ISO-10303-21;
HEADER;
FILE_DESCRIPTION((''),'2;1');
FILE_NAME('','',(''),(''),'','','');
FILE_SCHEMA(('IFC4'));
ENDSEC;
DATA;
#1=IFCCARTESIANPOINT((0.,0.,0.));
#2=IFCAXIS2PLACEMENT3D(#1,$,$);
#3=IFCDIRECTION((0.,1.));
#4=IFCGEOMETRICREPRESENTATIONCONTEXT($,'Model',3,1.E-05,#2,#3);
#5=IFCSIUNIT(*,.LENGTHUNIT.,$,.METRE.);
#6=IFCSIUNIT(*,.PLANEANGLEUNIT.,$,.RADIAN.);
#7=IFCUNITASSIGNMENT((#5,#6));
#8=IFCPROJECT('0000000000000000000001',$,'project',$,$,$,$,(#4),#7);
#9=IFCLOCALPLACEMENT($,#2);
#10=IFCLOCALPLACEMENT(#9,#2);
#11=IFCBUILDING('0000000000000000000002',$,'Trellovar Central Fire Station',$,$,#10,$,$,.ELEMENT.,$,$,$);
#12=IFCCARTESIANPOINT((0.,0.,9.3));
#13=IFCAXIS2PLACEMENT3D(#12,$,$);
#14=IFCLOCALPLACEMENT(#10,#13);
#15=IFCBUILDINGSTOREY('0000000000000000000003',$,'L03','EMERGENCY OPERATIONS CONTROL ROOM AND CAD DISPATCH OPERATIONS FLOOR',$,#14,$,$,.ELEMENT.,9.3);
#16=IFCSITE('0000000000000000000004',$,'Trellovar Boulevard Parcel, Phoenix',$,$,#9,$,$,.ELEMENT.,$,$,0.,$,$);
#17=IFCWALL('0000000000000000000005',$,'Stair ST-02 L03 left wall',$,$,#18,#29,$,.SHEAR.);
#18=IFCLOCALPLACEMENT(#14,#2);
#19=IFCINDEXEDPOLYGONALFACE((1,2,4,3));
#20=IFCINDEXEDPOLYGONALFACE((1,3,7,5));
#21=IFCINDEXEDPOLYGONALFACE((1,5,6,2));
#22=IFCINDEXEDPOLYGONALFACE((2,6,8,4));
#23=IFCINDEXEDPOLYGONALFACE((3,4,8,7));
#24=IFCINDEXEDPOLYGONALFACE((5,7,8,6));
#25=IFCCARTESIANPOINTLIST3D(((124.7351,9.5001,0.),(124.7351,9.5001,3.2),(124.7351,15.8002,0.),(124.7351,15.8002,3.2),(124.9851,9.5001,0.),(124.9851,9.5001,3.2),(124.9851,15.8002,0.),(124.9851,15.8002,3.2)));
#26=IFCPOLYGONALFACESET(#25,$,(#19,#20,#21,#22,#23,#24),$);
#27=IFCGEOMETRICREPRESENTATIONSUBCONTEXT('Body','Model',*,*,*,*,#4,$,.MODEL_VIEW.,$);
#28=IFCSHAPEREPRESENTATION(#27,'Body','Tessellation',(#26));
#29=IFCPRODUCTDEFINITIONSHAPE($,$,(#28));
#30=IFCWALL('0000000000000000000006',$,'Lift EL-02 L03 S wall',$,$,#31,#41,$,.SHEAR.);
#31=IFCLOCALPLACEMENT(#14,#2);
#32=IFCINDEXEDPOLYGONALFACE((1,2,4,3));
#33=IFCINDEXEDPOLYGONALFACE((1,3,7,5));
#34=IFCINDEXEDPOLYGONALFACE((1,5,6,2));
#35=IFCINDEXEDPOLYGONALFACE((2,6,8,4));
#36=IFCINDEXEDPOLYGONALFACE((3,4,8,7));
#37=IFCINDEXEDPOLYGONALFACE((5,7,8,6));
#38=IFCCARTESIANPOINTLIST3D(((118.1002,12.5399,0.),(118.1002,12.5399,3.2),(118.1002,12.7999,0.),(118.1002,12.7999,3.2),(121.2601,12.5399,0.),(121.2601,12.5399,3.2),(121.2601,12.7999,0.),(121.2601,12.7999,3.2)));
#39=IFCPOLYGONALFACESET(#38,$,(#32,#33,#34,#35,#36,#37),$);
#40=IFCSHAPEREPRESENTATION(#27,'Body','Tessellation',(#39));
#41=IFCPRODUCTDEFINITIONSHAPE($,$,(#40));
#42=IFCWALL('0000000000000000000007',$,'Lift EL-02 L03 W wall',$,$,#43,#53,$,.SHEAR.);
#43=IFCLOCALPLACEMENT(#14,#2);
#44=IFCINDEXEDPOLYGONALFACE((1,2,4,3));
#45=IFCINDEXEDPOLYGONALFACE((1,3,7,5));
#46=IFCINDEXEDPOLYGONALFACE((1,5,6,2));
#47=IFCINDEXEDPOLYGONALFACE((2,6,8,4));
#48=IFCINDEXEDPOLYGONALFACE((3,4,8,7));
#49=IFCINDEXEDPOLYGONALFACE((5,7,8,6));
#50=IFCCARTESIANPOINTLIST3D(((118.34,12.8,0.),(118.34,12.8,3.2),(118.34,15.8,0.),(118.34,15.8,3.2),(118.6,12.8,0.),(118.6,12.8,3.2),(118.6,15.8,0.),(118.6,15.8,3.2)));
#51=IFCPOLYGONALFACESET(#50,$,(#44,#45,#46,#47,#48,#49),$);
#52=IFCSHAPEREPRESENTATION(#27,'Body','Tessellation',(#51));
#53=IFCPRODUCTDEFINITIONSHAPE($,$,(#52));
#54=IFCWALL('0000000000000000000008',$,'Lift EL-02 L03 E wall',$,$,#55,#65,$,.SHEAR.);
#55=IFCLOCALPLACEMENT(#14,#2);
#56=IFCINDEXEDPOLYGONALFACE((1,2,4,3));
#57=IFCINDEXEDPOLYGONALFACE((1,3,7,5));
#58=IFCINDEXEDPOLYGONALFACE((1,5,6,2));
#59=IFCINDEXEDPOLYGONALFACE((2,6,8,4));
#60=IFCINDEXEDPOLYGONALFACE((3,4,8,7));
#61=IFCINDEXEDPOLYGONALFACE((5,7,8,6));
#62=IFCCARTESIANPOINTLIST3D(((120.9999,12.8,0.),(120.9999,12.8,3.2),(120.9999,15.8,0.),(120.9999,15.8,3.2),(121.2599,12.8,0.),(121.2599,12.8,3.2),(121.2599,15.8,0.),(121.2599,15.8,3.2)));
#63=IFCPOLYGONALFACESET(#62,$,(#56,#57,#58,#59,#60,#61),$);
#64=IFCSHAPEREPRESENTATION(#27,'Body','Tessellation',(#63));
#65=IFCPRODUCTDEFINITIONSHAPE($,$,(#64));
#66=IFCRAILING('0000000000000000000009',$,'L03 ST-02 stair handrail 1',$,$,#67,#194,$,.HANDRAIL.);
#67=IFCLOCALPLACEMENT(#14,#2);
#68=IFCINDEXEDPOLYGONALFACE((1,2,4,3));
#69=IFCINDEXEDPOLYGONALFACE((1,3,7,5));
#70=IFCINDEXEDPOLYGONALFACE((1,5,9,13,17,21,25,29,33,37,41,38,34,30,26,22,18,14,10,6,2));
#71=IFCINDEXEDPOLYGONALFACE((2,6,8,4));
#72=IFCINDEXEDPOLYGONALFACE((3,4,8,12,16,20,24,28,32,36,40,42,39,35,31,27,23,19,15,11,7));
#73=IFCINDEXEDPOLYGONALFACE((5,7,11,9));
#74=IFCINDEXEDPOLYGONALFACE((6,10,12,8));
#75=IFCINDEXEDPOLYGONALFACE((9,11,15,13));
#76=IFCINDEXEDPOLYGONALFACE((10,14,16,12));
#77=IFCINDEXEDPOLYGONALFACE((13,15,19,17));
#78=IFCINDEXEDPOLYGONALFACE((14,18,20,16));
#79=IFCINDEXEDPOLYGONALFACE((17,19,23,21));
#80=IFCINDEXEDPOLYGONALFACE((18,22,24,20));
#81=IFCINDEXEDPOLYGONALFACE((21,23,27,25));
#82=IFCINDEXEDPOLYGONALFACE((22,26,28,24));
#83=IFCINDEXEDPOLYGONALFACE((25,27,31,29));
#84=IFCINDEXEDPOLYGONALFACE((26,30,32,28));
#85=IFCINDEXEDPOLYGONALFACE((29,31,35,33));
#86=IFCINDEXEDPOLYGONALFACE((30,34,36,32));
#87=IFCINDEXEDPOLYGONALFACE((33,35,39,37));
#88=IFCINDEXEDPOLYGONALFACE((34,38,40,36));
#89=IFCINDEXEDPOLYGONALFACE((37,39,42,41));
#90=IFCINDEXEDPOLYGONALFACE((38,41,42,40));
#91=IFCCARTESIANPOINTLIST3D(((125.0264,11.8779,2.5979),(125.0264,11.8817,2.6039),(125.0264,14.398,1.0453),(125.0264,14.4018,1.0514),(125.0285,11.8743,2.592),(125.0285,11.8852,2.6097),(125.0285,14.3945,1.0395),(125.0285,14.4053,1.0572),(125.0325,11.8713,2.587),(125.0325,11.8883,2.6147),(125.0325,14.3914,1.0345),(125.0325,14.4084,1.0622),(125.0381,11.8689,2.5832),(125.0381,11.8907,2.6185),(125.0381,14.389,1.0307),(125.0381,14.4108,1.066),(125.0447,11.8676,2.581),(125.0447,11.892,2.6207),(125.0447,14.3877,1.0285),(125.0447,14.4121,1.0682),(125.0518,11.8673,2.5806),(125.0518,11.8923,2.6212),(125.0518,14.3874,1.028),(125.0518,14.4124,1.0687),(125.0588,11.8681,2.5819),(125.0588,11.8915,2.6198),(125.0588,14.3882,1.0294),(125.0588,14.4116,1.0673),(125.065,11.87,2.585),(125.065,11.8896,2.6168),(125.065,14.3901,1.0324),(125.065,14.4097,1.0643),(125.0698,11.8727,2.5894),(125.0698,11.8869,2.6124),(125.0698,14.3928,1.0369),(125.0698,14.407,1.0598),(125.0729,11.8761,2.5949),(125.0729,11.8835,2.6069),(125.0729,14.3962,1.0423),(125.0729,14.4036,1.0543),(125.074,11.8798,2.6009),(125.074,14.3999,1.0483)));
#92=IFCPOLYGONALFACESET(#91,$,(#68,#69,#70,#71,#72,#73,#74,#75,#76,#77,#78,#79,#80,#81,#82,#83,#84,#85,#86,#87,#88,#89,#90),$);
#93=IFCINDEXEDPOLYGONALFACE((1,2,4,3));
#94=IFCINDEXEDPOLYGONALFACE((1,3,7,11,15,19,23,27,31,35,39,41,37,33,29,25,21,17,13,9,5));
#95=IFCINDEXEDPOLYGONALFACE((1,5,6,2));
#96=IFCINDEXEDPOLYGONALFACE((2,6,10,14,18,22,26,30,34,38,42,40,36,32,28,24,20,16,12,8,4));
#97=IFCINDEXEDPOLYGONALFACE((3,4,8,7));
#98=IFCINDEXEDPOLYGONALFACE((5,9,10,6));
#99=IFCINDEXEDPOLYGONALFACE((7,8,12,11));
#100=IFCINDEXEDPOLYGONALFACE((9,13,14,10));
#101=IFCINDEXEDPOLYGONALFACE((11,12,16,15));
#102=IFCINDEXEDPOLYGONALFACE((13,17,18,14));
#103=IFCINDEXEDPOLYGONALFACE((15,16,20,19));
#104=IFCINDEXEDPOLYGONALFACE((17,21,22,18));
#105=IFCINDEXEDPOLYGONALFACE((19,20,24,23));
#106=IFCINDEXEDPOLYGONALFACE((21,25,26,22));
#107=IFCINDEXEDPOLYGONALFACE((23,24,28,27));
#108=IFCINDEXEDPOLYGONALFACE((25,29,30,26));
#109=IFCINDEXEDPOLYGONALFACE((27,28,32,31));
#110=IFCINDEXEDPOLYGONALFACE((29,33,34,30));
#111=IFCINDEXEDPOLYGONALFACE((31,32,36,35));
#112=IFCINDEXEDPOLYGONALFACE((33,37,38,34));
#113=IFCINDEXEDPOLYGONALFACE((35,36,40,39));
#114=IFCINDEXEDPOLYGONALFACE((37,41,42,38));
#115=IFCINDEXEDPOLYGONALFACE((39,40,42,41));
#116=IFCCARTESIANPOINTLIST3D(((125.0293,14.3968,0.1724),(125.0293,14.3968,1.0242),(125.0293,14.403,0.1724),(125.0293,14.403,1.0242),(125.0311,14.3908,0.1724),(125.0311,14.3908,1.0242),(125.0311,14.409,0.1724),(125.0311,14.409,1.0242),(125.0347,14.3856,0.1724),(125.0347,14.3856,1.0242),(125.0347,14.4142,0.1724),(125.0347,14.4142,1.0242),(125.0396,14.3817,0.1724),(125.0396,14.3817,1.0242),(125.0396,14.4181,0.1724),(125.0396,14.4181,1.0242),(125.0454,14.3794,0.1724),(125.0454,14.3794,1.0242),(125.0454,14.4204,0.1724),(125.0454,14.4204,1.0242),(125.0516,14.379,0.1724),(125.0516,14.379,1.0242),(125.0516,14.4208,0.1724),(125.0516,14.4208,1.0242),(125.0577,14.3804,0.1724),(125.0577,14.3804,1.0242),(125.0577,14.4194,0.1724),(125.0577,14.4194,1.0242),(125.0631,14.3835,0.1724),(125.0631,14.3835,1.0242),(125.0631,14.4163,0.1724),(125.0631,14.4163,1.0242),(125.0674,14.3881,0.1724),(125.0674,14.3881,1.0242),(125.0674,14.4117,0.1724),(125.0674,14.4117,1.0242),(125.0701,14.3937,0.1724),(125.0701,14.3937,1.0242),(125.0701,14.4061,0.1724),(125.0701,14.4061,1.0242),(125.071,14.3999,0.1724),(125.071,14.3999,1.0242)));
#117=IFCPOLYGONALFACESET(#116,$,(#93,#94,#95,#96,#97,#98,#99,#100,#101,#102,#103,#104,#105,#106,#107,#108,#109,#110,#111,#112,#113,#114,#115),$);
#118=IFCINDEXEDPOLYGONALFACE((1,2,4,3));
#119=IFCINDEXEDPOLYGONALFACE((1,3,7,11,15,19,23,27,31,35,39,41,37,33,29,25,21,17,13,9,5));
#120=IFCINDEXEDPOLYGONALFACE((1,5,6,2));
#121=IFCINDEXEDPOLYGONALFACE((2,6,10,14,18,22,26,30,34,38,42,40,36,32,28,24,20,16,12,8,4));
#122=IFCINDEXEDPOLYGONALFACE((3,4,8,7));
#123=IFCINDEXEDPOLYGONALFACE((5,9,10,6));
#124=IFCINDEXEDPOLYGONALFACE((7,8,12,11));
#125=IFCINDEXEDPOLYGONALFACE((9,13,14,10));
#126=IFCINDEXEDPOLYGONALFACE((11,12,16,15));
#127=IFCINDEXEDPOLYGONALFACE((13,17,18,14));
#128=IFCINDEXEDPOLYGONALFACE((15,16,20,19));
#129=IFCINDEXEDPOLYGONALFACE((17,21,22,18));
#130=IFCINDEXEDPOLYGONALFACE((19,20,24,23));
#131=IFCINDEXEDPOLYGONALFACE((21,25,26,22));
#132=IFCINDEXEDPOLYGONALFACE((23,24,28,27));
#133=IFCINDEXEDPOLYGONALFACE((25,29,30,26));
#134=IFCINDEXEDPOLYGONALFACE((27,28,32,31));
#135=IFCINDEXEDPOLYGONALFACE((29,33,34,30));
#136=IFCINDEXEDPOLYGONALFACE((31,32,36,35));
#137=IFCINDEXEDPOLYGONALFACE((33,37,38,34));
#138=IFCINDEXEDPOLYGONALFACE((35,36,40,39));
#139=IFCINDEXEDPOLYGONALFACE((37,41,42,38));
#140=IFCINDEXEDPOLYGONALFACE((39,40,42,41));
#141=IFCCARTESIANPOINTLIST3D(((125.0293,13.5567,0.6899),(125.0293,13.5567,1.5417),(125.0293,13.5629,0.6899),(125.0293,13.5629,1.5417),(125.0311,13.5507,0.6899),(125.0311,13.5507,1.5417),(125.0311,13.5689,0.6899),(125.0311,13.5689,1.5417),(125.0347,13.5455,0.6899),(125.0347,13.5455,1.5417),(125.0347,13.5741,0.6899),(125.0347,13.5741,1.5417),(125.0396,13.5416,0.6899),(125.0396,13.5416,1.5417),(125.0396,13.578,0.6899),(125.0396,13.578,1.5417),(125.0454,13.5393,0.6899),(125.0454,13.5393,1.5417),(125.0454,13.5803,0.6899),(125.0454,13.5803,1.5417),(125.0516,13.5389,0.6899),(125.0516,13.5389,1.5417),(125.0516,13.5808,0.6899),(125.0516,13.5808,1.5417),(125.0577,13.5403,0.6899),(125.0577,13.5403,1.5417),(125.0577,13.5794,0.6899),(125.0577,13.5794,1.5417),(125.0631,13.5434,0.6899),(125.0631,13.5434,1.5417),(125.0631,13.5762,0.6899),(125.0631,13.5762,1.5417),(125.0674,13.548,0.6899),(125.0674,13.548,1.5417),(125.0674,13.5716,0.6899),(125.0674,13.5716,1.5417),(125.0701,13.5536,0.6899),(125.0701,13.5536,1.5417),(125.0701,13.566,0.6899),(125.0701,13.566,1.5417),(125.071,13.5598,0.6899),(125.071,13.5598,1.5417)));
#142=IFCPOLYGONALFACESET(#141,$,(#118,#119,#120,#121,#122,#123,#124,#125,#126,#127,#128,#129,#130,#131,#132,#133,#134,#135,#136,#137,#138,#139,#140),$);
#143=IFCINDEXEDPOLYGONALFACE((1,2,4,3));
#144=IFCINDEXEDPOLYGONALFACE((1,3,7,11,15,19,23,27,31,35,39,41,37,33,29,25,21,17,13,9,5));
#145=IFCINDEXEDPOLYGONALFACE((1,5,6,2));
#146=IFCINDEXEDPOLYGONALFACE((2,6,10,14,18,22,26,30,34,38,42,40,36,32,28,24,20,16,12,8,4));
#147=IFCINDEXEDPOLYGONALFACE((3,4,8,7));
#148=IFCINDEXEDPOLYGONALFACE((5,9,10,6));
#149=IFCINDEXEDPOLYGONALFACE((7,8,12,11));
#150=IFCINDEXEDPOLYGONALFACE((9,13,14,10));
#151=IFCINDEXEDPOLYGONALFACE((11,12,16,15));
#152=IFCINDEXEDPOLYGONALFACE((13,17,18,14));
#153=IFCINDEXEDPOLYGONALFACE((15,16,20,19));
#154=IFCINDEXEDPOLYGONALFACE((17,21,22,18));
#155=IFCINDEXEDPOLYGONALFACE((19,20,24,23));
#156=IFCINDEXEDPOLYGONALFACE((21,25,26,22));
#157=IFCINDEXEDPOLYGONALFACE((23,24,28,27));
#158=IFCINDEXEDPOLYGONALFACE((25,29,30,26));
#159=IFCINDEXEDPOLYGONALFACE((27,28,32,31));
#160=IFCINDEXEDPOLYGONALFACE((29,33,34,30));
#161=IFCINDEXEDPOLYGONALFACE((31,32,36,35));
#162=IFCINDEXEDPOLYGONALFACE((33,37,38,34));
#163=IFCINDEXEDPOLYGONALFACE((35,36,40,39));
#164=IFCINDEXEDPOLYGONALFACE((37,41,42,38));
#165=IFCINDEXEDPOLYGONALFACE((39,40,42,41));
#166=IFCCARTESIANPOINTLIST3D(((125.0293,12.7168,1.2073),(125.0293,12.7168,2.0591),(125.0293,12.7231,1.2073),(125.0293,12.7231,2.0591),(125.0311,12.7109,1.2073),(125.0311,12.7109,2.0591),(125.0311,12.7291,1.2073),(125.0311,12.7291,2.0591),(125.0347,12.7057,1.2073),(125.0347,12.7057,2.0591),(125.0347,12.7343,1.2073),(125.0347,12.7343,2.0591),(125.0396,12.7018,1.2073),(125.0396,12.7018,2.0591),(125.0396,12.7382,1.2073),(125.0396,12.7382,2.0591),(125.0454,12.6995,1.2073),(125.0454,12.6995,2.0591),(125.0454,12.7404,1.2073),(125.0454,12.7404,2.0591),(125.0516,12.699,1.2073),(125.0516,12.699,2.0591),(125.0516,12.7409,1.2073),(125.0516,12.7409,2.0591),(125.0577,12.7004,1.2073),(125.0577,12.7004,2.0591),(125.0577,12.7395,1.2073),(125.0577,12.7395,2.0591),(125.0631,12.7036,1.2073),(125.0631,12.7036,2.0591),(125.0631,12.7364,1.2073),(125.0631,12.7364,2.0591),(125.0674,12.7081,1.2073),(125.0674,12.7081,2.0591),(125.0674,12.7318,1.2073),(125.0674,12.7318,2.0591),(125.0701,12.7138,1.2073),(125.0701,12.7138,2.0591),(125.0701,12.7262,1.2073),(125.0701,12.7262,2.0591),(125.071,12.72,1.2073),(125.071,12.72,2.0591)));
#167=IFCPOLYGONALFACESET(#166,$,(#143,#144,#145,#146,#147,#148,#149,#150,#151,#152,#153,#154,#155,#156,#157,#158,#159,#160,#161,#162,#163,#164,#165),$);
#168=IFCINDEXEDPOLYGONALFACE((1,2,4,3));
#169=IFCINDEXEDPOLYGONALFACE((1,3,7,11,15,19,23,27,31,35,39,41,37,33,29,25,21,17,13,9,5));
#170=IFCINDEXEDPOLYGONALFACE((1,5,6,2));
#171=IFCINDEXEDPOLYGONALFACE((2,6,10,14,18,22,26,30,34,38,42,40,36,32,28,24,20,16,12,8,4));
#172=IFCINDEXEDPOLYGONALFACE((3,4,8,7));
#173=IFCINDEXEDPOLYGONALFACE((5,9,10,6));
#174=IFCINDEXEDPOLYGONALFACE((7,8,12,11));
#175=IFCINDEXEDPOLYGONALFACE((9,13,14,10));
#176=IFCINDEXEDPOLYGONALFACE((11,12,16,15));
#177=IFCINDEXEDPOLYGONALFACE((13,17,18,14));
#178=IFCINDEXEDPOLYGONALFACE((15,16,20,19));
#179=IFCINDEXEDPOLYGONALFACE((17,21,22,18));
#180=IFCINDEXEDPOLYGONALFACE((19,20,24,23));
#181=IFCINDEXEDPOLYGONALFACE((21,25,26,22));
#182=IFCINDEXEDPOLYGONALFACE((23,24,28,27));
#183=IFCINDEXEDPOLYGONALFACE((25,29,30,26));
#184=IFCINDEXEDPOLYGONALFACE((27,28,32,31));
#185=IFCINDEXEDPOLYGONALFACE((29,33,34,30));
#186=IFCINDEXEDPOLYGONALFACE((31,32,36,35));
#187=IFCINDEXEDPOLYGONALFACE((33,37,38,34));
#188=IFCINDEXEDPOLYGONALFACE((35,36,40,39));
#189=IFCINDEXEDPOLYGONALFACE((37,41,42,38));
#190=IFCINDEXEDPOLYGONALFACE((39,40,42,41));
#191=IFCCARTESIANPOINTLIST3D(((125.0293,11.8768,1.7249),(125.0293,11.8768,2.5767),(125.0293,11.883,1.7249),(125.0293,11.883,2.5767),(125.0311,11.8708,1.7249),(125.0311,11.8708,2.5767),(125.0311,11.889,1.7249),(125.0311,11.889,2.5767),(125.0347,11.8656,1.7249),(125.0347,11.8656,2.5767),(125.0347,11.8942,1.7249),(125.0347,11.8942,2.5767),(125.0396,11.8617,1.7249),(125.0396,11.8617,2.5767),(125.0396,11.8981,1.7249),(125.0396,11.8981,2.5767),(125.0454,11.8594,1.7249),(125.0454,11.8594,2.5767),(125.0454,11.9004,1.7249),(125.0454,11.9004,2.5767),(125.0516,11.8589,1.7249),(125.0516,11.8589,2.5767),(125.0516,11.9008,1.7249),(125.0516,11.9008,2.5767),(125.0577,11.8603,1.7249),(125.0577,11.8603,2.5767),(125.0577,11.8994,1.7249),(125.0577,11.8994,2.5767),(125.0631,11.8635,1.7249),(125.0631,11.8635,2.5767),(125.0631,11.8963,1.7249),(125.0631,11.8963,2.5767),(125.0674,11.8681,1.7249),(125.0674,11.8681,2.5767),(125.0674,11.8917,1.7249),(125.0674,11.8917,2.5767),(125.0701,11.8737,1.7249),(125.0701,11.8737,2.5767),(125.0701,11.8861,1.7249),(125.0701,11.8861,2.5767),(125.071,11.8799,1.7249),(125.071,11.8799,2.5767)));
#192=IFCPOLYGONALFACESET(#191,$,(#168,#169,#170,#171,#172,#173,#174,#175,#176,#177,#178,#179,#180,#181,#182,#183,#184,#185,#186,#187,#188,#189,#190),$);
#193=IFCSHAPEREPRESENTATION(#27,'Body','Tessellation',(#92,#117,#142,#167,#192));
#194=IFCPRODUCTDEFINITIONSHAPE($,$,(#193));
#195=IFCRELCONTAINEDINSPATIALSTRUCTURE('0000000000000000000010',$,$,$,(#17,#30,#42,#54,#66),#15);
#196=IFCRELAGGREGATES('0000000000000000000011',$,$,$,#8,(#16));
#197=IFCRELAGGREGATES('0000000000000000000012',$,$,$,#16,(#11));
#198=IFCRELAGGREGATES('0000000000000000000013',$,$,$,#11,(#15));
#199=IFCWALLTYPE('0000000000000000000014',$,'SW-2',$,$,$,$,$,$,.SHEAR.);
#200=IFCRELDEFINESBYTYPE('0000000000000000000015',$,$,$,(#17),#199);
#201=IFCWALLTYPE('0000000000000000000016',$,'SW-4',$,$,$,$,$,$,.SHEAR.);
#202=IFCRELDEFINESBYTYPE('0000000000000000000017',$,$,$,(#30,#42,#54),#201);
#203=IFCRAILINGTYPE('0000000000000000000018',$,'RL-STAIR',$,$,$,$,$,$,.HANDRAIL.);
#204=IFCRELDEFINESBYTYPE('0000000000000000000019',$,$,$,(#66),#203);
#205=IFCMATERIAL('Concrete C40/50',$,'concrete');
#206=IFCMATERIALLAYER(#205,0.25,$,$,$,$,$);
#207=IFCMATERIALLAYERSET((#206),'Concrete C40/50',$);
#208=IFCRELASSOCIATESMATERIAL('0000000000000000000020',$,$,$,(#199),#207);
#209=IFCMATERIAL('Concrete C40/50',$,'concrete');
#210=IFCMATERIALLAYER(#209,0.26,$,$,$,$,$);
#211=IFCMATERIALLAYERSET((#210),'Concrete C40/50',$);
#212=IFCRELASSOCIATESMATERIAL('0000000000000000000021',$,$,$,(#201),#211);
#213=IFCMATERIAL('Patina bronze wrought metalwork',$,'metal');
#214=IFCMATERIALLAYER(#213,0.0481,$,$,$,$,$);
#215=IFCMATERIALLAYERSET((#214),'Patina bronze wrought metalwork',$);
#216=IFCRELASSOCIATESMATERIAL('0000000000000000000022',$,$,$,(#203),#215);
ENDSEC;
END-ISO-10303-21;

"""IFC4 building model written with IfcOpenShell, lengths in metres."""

from ifc_helpers import new_model, si_unit, direction, frame, frame_2d, origin, origin_2d, place, context, subcontext, project, spatial, rectangle, circle, extrude, material, layer, layer_set, type_object, element, save


model = new_model("IFC4")

# Units and contexts
model_context = context("Model", 3, precision=1e-05, world=origin(), true_north=direction((0.0, 1.0)))
body_context = subcontext(model_context, "Body", "Model", "MODEL_VIEW")
ifc_project = project(units=[si_unit("LENGTHUNIT", "METRE"), si_unit("PLANEANGLEUNIT", "RADIAN")], contexts=[model_context])

# Site, building, storey
site_placement = place(None, origin())
site = spatial("IfcSite", under=ifc_project, at=site_placement, Name="Trellovar Boulevard Parcel, Phoenix", CompositionType="ELEMENT", RefElevation=0.0)
building_placement = place(site_placement, origin())
building = spatial("IfcBuilding", under=site, at=building_placement, Name="Trellovar Central Fire Station", CompositionType="ELEMENT")
storey_placement = place(building_placement, frame((0.0, 0.0, 9.3)))
storey = spatial("IfcBuildingStorey", under=building, at=storey_placement, Name="L03", Description="EMERGENCY OPERATIONS CONTROL ROOM AND CAD DISPATCH OPERATIONS FLOOR", CompositionType="ELEMENT", Elevation=9.3)

# Wall
ifc_material_1 = material(Name="Concrete C40/50", Category="concrete")
ifc_layer_1 = layer(ifc_material_1, 0.25)
ifc_layer_set_1 = layer_set([ifc_layer_1], Name="Concrete C40/50")
wall_type_1 = type_object("IfcWallType", Name="SW-2", PredefinedType="SHEAR", material=ifc_layer_set_1)
wall_1_placement = place(storey_placement, frame((124.8601, 15.8, 0.0), z_axis=(0.0, 0.0, 1.0), x_axis=(0.0, -1.0, 0.0)))
element("IfcWall", 1, at=wall_1_placement, inside=storey, type_object=wall_type_1, Name="Stair ST-02 L03 left wall", PredefinedType="SHEAR", context=body_context, shape_type="SweptSolid", body=[
    extrude(rectangle(XDim=6.3, YDim=0.25, at=frame_2d((3.1499, 0.0))), origin(), (0.0, 0.0, 1.0), 3.2),
])

# Shared definitions
ifc_material_2 = material(Name="Concrete C40/50", Category="concrete")
ifc_layer_2 = layer(ifc_material_2, 0.26)
ifc_layer_set_2 = layer_set([ifc_layer_2], Name="Concrete C40/50")
wall_type_2 = type_object("IfcWallType", Name="SW-4", PredefinedType="SHEAR", material=ifc_layer_set_2)

# Wall
wall_2_placement = place(storey_placement, frame((118.1001, 12.6699, 0.0), z_axis=(0.0, 0.0, 1.0), x_axis=(1.0, 0.0, 0.0)))
element("IfcWall", 2, at=wall_2_placement, inside=storey, type_object=wall_type_2, Name="Lift EL-02 L03 S wall", PredefinedType="SHEAR", context=body_context, shape_type="SweptSolid", body=[
    extrude(rectangle(XDim=3.1599, YDim=0.26, at=frame_2d((1.5801, 0.0))), origin(), (0.0, 0.0, 1.0), 3.2),
])

# Walls
for number, where, z_axis, x_axis, name in (
    (3, (118.47, 15.8, 0.0), (0.0, 0.0, 1.0), (0.0, -1.0, 0.0), "Lift EL-02 L03 W wall"),
    (4, (121.1299, 12.8, 0.0), (0.0, 0.0, 1.0), (0.0, 1.0, 0.0), "Lift EL-02 L03 E wall"),
):
    element("IfcWall", number, at=place(storey_placement, frame(where, z_axis=z_axis, x_axis=x_axis)), inside=storey, type_object=wall_type_2, Name=name, PredefinedType="SHEAR", context=body_context, shape_type="SweptSolid", body=[
        extrude(rectangle(XDim=3.0, YDim=0.26, at=frame_2d((1.5, 0.0))), origin(), (0.0, 0.0, 1.0), 3.2),
    ])

# Railing
ifc_material_3 = material(Name="Patina bronze wrought metalwork", Category="metal")
ifc_layer_3 = layer(ifc_material_3, 0.0481)
ifc_layer_set_3 = layer_set([ifc_layer_3], Name="Patina bronze wrought metalwork")
railing_type = type_object("IfcRailingType", Name="RL-STAIR", PredefinedType="HANDRAIL", material=ifc_layer_set_3)
railing_placement = place(storey_placement, frame((125.05, 14.3999, 0.1724)))
element("IfcRailing", 5, at=railing_placement, inside=storey, type_object=railing_type, Name="L03 ST-02 stair handrail 1", PredefinedType="HANDRAIL", context=body_context, shape_type="SweptSolid", body=[
    extrude(circle(Radius=0.0239, at=origin_2d()), frame((0.0, 0.0, 0.876), z_axis=(0.0, -0.8514, 0.524516), x_axis=(1.0, 0.0, 0.0)), (0.0, 0.0, 1.0), 2.96),
    extrude(circle(Radius=0.021, at=origin_2d()), origin(), (0.0, 0.0, 1.0), 0.8518),
    extrude(circle(Radius=0.021, at=origin_2d()), frame((0.0, -0.8401, 0.5176)), (0.0, 0.0, 1.0), 0.8518),
    extrude(circle(Radius=0.021, at=origin_2d()), frame((0.0, -1.6799, 1.0349)), (0.0, 0.0, 1.0), 0.8518),
    extrude(circle(Radius=0.021, at=origin_2d()), frame((0.0, -2.52, 1.5525)), (0.0, 0.0, 1.0), 0.8518),
])

save(model, "model.ifc")
